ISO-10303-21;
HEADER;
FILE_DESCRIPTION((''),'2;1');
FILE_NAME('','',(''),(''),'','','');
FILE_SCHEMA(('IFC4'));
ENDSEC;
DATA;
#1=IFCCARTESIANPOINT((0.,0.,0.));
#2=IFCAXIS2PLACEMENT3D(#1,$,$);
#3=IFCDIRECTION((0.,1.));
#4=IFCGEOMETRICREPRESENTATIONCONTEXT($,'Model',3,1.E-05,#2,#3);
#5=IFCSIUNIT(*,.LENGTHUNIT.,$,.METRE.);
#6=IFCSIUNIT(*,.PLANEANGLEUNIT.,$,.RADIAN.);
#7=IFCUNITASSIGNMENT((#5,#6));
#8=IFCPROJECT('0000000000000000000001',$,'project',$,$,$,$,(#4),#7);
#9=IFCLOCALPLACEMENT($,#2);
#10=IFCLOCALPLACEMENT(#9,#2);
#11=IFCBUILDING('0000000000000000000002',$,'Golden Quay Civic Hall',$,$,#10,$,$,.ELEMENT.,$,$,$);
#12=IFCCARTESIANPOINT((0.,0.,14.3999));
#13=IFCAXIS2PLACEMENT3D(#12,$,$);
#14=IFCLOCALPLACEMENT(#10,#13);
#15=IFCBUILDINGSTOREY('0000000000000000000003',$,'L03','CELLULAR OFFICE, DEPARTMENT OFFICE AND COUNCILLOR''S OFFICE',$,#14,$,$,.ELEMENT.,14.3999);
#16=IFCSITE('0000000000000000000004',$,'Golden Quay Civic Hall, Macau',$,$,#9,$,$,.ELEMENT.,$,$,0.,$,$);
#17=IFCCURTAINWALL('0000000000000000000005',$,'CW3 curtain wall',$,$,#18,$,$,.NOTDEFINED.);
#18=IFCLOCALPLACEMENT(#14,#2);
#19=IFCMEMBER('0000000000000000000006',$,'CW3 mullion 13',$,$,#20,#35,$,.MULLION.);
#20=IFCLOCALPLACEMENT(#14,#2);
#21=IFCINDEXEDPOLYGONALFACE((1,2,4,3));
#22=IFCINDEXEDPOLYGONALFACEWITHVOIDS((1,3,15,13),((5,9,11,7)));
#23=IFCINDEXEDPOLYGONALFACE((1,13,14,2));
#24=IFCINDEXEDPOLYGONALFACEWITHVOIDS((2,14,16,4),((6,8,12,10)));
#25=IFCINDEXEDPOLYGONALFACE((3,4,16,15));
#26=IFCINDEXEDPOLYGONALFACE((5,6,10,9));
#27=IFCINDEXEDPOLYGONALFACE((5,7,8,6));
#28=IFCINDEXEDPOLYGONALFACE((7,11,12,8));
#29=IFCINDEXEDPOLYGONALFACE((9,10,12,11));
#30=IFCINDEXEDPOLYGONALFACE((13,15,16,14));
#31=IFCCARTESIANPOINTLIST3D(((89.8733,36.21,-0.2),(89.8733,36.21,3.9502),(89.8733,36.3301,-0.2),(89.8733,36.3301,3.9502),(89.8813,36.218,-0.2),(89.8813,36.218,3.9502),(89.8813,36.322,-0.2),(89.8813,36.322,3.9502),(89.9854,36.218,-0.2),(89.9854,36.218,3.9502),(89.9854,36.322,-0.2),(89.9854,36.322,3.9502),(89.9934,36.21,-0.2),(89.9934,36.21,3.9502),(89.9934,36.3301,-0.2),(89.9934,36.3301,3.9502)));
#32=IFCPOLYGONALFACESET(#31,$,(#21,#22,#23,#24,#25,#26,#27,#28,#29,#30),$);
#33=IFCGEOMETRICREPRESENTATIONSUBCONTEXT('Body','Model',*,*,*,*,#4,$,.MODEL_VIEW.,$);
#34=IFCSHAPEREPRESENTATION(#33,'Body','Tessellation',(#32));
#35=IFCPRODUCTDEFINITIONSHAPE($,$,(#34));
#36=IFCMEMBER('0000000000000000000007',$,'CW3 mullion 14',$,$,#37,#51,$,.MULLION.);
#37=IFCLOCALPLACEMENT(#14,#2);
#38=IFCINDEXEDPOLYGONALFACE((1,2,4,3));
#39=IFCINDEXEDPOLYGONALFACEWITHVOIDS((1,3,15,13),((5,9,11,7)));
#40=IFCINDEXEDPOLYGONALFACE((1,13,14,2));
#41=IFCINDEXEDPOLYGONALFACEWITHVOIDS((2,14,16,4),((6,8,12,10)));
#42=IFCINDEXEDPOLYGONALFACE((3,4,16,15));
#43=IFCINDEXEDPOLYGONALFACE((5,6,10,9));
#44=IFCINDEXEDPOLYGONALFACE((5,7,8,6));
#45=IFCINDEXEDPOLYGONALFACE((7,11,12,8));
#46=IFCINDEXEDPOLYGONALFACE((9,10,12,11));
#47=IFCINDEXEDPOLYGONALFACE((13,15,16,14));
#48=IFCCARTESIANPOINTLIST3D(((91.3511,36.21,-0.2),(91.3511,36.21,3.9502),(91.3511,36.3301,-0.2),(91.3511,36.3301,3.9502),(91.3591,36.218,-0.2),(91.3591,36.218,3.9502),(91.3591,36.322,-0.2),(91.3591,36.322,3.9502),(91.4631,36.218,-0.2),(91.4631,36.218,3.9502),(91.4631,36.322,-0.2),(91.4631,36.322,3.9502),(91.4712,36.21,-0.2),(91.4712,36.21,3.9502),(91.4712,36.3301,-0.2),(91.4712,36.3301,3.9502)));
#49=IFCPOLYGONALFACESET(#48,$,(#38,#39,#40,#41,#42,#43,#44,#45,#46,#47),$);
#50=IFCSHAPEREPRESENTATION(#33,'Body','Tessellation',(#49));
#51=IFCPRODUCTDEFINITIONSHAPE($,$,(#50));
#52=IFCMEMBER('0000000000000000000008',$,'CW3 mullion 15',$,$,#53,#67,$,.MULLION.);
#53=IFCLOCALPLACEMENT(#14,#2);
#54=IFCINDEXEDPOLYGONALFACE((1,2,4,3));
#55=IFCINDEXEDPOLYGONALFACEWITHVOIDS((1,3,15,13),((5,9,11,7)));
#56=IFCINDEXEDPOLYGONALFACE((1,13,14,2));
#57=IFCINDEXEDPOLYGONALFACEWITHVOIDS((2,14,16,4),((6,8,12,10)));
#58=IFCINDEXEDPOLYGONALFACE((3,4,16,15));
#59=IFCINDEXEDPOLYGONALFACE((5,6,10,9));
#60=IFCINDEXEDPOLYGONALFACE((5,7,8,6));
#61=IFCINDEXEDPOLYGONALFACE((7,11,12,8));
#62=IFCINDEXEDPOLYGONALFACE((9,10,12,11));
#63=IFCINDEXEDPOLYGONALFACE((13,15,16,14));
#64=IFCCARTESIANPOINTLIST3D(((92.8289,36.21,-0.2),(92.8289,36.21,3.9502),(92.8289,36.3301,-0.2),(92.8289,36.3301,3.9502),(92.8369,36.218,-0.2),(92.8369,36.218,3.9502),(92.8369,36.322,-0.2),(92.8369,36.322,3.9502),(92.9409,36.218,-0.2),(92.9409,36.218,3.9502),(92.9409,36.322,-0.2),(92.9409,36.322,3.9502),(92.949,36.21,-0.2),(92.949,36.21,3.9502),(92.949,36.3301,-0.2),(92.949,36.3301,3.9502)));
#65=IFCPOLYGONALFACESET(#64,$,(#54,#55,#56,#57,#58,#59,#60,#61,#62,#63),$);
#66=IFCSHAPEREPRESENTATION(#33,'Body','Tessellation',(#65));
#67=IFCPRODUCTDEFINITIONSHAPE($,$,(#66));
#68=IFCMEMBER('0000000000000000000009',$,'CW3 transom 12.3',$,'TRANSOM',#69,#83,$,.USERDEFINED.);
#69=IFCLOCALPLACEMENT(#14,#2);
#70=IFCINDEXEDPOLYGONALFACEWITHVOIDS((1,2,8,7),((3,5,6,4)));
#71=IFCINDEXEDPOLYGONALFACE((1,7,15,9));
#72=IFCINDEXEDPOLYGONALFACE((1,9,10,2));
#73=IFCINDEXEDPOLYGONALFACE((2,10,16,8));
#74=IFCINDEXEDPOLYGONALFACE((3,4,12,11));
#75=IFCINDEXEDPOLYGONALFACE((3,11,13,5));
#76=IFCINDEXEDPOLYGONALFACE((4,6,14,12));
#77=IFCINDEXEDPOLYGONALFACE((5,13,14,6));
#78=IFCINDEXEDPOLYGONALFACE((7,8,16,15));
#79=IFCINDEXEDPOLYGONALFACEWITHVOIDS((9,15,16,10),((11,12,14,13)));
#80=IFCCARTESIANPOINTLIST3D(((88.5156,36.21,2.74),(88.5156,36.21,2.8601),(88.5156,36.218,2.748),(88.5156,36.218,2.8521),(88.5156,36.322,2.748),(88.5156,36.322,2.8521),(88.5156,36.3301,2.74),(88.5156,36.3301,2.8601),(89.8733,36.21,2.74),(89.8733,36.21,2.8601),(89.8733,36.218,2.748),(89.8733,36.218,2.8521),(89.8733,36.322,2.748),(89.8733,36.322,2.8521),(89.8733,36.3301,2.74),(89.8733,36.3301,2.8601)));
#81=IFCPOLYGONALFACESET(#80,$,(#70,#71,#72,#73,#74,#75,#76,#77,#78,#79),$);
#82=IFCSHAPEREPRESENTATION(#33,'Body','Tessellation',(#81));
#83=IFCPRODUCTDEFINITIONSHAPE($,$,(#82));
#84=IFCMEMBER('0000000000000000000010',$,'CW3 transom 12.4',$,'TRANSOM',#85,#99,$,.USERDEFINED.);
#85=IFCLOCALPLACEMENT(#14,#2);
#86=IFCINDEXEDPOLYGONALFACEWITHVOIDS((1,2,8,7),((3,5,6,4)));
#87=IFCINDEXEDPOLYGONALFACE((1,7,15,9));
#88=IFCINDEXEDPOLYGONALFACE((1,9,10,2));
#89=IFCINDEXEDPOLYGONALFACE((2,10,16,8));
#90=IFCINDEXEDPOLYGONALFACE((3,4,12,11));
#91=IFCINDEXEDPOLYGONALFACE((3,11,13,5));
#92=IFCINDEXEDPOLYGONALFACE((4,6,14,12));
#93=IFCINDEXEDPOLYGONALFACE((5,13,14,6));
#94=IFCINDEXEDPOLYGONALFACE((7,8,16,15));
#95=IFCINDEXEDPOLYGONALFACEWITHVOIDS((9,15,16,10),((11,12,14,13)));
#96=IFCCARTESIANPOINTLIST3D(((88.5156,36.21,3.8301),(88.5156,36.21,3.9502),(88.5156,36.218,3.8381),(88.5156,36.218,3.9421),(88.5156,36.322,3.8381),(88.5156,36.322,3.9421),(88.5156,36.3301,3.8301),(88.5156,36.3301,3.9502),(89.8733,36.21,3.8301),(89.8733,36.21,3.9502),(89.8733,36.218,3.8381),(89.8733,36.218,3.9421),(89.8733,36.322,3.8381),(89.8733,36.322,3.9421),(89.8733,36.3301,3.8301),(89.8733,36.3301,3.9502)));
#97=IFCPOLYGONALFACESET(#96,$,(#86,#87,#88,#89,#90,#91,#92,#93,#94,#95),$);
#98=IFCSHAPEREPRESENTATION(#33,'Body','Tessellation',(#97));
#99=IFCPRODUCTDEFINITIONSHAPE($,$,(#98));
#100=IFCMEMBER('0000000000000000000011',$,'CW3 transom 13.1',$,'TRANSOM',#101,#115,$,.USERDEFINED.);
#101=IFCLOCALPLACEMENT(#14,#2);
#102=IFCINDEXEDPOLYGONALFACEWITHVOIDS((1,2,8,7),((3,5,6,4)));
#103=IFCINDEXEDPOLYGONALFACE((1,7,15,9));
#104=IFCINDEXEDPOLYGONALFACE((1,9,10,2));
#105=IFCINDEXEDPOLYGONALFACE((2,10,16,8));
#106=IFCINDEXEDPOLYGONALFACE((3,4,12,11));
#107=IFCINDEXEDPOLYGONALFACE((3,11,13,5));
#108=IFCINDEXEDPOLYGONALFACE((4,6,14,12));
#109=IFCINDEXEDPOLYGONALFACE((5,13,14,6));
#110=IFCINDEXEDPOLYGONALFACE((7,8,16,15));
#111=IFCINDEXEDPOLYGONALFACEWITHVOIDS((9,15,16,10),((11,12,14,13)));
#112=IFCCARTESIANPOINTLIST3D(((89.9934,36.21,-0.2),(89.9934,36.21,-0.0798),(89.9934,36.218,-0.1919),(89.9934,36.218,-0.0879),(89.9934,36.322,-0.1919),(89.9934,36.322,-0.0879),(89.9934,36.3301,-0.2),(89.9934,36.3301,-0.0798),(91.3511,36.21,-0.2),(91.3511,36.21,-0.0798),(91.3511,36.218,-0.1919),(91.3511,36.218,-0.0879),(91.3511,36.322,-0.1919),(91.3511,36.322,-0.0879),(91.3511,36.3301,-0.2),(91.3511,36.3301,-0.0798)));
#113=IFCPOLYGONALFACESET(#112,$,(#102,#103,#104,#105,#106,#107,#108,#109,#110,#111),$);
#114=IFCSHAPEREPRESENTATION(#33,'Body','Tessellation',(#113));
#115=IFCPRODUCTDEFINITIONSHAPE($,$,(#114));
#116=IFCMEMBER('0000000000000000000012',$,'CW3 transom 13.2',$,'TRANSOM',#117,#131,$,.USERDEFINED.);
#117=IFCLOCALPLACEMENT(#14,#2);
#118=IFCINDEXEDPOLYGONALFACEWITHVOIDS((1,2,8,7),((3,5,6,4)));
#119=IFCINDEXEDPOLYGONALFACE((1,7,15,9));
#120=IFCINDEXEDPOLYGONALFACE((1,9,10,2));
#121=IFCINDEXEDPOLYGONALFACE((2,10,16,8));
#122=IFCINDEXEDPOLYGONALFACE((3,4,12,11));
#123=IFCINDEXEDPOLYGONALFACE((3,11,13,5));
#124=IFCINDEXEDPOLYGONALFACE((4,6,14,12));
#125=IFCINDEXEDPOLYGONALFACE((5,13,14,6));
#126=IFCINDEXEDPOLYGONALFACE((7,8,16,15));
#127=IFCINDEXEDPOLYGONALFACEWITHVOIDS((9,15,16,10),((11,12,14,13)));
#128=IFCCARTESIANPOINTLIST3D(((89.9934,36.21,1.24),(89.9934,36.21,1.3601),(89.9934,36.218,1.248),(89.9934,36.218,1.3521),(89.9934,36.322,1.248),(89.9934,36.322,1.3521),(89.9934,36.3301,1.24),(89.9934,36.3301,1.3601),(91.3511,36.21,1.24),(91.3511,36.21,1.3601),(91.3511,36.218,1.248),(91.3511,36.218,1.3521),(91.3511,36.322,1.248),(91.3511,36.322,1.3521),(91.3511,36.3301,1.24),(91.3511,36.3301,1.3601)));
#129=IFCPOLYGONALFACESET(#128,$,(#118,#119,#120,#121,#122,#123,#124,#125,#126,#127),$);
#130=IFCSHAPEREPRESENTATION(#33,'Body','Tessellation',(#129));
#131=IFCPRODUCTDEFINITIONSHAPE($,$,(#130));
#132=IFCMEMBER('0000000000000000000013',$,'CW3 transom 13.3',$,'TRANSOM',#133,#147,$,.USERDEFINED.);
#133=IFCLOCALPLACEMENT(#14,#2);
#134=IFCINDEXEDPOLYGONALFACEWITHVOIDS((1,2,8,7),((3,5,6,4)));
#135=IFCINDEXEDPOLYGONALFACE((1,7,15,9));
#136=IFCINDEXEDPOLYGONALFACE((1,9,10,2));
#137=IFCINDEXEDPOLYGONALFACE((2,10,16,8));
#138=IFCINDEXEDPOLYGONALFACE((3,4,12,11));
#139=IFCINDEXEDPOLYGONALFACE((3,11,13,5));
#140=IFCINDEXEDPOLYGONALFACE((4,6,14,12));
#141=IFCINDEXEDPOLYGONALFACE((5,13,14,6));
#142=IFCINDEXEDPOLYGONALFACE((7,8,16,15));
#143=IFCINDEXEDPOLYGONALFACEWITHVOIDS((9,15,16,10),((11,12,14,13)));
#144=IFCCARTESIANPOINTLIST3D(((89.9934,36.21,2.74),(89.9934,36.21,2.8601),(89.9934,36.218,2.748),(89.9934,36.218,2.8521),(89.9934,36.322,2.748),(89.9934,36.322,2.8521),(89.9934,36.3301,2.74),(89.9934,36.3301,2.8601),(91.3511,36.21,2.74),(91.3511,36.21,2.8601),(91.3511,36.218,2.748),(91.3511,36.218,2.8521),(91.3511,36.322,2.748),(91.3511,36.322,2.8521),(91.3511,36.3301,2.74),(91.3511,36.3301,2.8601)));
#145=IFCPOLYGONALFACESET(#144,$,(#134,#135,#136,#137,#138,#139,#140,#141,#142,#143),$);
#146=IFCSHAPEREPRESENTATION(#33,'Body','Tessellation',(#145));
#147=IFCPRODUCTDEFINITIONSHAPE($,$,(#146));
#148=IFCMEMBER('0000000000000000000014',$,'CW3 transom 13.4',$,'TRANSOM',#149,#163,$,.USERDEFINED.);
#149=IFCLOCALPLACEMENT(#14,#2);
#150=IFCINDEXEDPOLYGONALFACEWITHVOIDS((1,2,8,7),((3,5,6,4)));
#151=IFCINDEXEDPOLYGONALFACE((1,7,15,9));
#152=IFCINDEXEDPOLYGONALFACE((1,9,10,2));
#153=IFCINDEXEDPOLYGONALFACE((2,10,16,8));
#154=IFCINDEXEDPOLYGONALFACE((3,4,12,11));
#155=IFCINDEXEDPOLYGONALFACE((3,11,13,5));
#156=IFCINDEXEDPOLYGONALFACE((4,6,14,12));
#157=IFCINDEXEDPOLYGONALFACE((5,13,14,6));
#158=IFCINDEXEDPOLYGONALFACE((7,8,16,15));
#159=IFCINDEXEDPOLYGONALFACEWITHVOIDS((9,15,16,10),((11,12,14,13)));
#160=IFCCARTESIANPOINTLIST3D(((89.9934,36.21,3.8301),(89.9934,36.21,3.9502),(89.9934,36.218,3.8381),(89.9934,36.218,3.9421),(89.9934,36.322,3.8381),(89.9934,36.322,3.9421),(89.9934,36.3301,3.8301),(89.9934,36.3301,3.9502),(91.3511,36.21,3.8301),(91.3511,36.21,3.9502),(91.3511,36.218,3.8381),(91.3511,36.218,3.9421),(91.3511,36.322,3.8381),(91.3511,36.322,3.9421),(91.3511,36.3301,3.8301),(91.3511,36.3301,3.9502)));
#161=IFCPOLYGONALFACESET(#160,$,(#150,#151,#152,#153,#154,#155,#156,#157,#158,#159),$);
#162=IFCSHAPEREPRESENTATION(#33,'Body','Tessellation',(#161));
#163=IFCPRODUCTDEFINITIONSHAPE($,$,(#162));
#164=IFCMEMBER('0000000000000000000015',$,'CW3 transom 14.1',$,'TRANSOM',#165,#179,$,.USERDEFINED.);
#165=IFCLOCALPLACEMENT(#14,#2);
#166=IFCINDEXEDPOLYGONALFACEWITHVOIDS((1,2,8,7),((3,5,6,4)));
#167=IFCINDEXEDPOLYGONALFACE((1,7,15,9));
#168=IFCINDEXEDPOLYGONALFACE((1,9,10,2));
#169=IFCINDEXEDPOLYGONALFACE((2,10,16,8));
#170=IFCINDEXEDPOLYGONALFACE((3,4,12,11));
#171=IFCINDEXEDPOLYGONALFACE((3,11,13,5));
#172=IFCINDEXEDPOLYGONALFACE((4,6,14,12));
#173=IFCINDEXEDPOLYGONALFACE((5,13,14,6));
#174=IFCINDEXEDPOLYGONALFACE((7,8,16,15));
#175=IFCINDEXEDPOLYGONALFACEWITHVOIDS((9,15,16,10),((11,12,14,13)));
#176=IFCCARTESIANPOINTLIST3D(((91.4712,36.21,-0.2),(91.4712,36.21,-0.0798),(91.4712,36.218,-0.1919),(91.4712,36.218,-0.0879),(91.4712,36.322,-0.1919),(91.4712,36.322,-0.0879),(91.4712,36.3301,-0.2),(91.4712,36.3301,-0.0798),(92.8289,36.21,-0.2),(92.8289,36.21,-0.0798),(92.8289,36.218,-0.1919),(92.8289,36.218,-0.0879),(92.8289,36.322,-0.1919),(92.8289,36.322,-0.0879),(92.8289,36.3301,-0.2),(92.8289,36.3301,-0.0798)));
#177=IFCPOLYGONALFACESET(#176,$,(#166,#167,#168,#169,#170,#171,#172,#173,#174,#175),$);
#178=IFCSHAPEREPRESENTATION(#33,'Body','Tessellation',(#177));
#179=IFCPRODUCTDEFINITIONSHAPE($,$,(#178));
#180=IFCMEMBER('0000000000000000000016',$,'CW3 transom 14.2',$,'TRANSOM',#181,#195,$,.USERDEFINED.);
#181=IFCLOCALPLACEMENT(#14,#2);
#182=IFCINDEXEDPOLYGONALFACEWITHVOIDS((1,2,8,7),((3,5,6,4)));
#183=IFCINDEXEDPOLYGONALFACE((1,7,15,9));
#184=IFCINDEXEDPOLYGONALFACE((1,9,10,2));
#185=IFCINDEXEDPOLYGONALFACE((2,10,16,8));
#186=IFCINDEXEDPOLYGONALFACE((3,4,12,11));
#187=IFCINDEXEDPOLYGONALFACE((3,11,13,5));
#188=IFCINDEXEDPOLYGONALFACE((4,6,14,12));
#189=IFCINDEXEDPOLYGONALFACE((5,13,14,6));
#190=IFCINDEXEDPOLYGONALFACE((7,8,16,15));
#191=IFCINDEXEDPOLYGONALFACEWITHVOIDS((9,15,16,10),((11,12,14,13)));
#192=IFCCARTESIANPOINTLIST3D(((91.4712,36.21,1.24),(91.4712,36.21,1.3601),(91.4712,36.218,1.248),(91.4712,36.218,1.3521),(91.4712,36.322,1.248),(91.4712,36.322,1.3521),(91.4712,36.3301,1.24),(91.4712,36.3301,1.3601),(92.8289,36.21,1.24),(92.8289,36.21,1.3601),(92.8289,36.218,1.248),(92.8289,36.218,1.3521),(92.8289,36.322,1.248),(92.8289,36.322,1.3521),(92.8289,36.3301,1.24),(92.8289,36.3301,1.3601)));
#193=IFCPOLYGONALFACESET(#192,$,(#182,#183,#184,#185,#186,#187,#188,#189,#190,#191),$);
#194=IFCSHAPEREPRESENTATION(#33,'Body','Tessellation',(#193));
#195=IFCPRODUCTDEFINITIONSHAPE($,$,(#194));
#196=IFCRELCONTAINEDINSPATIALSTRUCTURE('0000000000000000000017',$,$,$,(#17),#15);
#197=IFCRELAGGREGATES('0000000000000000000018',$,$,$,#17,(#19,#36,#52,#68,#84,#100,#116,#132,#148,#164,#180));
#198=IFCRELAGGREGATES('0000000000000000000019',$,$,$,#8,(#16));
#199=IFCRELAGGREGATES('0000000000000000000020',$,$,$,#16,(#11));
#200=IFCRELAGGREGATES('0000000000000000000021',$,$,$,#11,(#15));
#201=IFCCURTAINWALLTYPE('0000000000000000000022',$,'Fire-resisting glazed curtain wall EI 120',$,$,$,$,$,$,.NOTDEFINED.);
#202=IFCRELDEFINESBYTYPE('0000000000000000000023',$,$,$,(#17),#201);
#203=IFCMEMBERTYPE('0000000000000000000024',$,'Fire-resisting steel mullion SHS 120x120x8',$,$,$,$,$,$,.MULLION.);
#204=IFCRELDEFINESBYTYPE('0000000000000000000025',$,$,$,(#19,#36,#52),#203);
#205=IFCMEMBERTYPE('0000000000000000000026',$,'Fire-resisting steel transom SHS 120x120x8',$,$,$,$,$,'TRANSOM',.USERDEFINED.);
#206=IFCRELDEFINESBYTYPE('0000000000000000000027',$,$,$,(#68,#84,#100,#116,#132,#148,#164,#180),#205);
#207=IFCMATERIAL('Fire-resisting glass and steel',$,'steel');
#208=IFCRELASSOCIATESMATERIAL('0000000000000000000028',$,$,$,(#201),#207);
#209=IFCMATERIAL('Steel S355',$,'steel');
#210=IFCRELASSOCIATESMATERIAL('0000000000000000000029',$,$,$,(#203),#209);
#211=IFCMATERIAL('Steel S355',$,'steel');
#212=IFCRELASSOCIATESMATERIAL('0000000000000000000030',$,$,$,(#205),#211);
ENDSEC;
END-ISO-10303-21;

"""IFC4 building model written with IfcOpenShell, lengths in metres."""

from ifc_helpers import new_model, si_unit, direction, frame, origin, origin_2d, place, context, subcontext, project, spatial, hollow_rectangle, extrude, material, material_profile, profile_set, type_object, element, aggregate, save


model = new_model("IFC4")

# Units and contexts
model_context = context("Model", 3, precision=1e-05, world=origin(), true_north=direction((0.0, 1.0)))
body_context = subcontext(model_context, "Body", "Model", "MODEL_VIEW")
ifc_project = project(units=[si_unit("LENGTHUNIT", "METRE"), si_unit("PLANEANGLEUNIT", "RADIAN")], contexts=[model_context])

# Site, building, storey
site_placement = place(None, origin())
site = spatial("IfcSite", under=ifc_project, at=site_placement, Name="Golden Quay Civic Hall, Macau", CompositionType="ELEMENT", RefElevation=0.0)
building_placement = place(site_placement, origin())
building = spatial("IfcBuilding", under=site, at=building_placement, Name="Golden Quay Civic Hall", CompositionType="ELEMENT")
storey_placement = place(building_placement, frame((0.0, 0.0, 14.3999)))
storey = spatial("IfcBuildingStorey", under=building, at=storey_placement, Name="L03", Description="CELLULAR OFFICE, DEPARTMENT OFFICE AND COUNCILLOR'S OFFICE", CompositionType="ELEMENT", Elevation=14.3999)

# Curtain wall, members
ifc_material_1 = material(Name="Fire-resisting glass and steel", Category="steel")
curtain_wall_type = type_object("IfcCurtainWallType", Name="Fire-resisting glazed curtain wall EI 120", PredefinedType="NOTDEFINED", material=ifc_material_1)
curtain_wall_placement = place(storey_placement, origin())
curtain_wall = element("IfcCurtainWall", 1, at=curtain_wall_placement, inside=storey, type_object=curtain_wall_type, Name="CW3 curtain wall", PredefinedType="NOTDEFINED")
ifc_material_2 = material(Name="Steel S355", Category="steel")
ifc_material_profile_1 = material_profile(ifc_material_2, hollow_rectangle(XDim=0.1201, YDim=0.1201, WallThickness=0.0081, at=origin_2d()), Name="SHS 120x120x8")
ifc_profile_set_1 = profile_set([ifc_material_profile_1], Name="Steel S355")
member_type_1 = type_object("IfcMemberType", Name="Fire-resisting steel mullion SHS 120x120x8", PredefinedType="MULLION", material=ifc_profile_set_1)
member_1_placement = place(storey_placement, frame((89.9333, 36.27, -0.2), z_axis=(0.0, 0.0, 1.0), x_axis=(0.0, 1.0, 0.0)))
member_1 = element("IfcMember", 2, at=member_1_placement, type_object=member_type_1, Name="CW3 mullion 13", PredefinedType="MULLION", context=body_context, shape_type="SweptSolid", body=[
    extrude(hollow_rectangle(XDim=0.1201, YDim=0.1201, WallThickness=0.0081, at=origin_2d()), origin(), (0.0, 0.0, 1.0), 4.1501),
])
member_2_placement = place(storey_placement, frame((91.4111, 36.27, -0.2), z_axis=(0.0, 0.0, 1.0), x_axis=(0.0, 1.0, 0.0)))
member_2 = element("IfcMember", 3, at=member_2_placement, type_object=member_type_1, Name="CW3 mullion 14", PredefinedType="MULLION", context=body_context, shape_type="SweptSolid", body=[
    extrude(hollow_rectangle(XDim=0.1201, YDim=0.1201, WallThickness=0.0081, at=origin_2d()), origin(), (0.0, 0.0, 1.0), 4.1501),
])
member_3_placement = place(storey_placement, frame((92.8889, 36.27, -0.2), z_axis=(0.0, 0.0, 1.0), x_axis=(0.0, 1.0, 0.0)))
member_3 = element("IfcMember", 4, at=member_3_placement, type_object=member_type_1, Name="CW3 mullion 15", PredefinedType="MULLION", context=body_context, shape_type="SweptSolid", body=[
    extrude(hollow_rectangle(XDim=0.1201, YDim=0.1201, WallThickness=0.0081, at=origin_2d()), origin(), (0.0, 0.0, 1.0), 4.1501),
])
ifc_material_3 = material(Name="Steel S355", Category="steel")
ifc_material_profile_2 = material_profile(ifc_material_3, hollow_rectangle(XDim=0.1201, YDim=0.1201, WallThickness=0.0081, at=origin_2d()), Name="SHS 120x120x8")
ifc_profile_set_2 = profile_set([ifc_material_profile_2], Name="Steel S355")
member_type_2 = type_object("IfcMemberType", Name="Fire-resisting steel transom SHS 120x120x8", ElementType="TRANSOM", PredefinedType="USERDEFINED", material=ifc_profile_set_2)
member_4_placement = place(storey_placement, frame((88.5156, 36.27, 2.8), z_axis=(1.0, 0.0, 0.0), x_axis=(0.0, 1.0, 0.0)))
member_4 = element("IfcMember", 5, at=member_4_placement, type_object=member_type_2, Name="CW3 transom 12.3", ObjectType="TRANSOM", PredefinedType="USERDEFINED", context=body_context, shape_type="SweptSolid", body=[
    extrude(hollow_rectangle(XDim=0.1201, YDim=0.1201, WallThickness=0.0081, at=origin_2d()), origin(), (0.0, 0.0, 1.0), 1.3577),
])
member_5_placement = place(storey_placement, frame((88.5156, 36.27, 3.8901), z_axis=(1.0, 0.0, 0.0), x_axis=(0.0, 1.0, 0.0)))
member_5 = element("IfcMember", 6, at=member_5_placement, type_object=member_type_2, Name="CW3 transom 12.4", ObjectType="TRANSOM", PredefinedType="USERDEFINED", context=body_context, shape_type="SweptSolid", body=[
    extrude(hollow_rectangle(XDim=0.1201, YDim=0.1201, WallThickness=0.0081, at=origin_2d()), origin(), (0.0, 0.0, 1.0), 1.3577),
])
member_6_placement = place(storey_placement, frame((89.9934, 36.27, -0.1399), z_axis=(1.0, 0.0, 0.0), x_axis=(0.0, 1.0, 0.0)))
member_6 = element("IfcMember", 7, at=member_6_placement, type_object=member_type_2, Name="CW3 transom 13.1", ObjectType="TRANSOM", PredefinedType="USERDEFINED", context=body_context, shape_type="SweptSolid", body=[
    extrude(hollow_rectangle(XDim=0.1201, YDim=0.1201, WallThickness=0.0081, at=origin_2d()), origin(), (0.0, 0.0, 1.0), 1.3577),
])
member_7_placement = place(storey_placement, frame((89.9934, 36.27, 1.3), z_axis=(1.0, 0.0, 0.0), x_axis=(0.0, 1.0, 0.0)))
member_7 = element("IfcMember", 8, at=member_7_placement, type_object=member_type_2, Name="CW3 transom 13.2", ObjectType="TRANSOM", PredefinedType="USERDEFINED", context=body_context, shape_type="SweptSolid", body=[
    extrude(hollow_rectangle(XDim=0.1201, YDim=0.1201, WallThickness=0.0081, at=origin_2d()), origin(), (0.0, 0.0, 1.0), 1.3577),
])
member_8_placement = place(storey_placement, frame((89.9934, 36.27, 2.8), z_axis=(1.0, 0.0, 0.0), x_axis=(0.0, 1.0, 0.0)))
member_8 = element("IfcMember", 9, at=member_8_placement, type_object=member_type_2, Name="CW3 transom 13.3", ObjectType="TRANSOM", PredefinedType="USERDEFINED", context=body_context, shape_type="SweptSolid", body=[
    extrude(hollow_rectangle(XDim=0.1201, YDim=0.1201, WallThickness=0.0081, at=origin_2d()), origin(), (0.0, 0.0, 1.0), 1.3577),
])
member_9_placement = place(storey_placement, frame((89.9934, 36.27, 3.8901), z_axis=(1.0, 0.0, 0.0), x_axis=(0.0, 1.0, 0.0)))
member_9 = element("IfcMember", 10, at=member_9_placement, type_object=member_type_2, Name="CW3 transom 13.4", ObjectType="TRANSOM", PredefinedType="USERDEFINED", context=body_context, shape_type="SweptSolid", body=[
    extrude(hollow_rectangle(XDim=0.1201, YDim=0.1201, WallThickness=0.0081, at=origin_2d()), origin(), (0.0, 0.0, 1.0), 1.3577),
])
member_10_placement = place(storey_placement, frame((91.4712, 36.27, -0.1399), z_axis=(1.0, 0.0, 0.0), x_axis=(0.0, 1.0, 0.0)))
member_10 = element("IfcMember", 11, at=member_10_placement, type_object=member_type_2, Name="CW3 transom 14.1", ObjectType="TRANSOM", PredefinedType="USERDEFINED", context=body_context, shape_type="SweptSolid", body=[
    extrude(hollow_rectangle(XDim=0.1201, YDim=0.1201, WallThickness=0.0081, at=origin_2d()), origin(), (0.0, 0.0, 1.0), 1.3577),
])
member_11_placement = place(storey_placement, frame((91.4712, 36.27, 1.3), z_axis=(1.0, 0.0, 0.0), x_axis=(0.0, 1.0, 0.0)))
member_11 = element("IfcMember", 12, at=member_11_placement, type_object=member_type_2, Name="CW3 transom 14.2", ObjectType="TRANSOM", PredefinedType="USERDEFINED", context=body_context, shape_type="SweptSolid", body=[
    extrude(hollow_rectangle(XDim=0.1201, YDim=0.1201, WallThickness=0.0081, at=origin_2d()), origin(), (0.0, 0.0, 1.0), 1.3577),
])
aggregate(curtain_wall, [member_1, member_2, member_3, member_4, member_5, member_6, member_7, member_8, member_9, member_10, member_11])

save(model, "model.ifc")
